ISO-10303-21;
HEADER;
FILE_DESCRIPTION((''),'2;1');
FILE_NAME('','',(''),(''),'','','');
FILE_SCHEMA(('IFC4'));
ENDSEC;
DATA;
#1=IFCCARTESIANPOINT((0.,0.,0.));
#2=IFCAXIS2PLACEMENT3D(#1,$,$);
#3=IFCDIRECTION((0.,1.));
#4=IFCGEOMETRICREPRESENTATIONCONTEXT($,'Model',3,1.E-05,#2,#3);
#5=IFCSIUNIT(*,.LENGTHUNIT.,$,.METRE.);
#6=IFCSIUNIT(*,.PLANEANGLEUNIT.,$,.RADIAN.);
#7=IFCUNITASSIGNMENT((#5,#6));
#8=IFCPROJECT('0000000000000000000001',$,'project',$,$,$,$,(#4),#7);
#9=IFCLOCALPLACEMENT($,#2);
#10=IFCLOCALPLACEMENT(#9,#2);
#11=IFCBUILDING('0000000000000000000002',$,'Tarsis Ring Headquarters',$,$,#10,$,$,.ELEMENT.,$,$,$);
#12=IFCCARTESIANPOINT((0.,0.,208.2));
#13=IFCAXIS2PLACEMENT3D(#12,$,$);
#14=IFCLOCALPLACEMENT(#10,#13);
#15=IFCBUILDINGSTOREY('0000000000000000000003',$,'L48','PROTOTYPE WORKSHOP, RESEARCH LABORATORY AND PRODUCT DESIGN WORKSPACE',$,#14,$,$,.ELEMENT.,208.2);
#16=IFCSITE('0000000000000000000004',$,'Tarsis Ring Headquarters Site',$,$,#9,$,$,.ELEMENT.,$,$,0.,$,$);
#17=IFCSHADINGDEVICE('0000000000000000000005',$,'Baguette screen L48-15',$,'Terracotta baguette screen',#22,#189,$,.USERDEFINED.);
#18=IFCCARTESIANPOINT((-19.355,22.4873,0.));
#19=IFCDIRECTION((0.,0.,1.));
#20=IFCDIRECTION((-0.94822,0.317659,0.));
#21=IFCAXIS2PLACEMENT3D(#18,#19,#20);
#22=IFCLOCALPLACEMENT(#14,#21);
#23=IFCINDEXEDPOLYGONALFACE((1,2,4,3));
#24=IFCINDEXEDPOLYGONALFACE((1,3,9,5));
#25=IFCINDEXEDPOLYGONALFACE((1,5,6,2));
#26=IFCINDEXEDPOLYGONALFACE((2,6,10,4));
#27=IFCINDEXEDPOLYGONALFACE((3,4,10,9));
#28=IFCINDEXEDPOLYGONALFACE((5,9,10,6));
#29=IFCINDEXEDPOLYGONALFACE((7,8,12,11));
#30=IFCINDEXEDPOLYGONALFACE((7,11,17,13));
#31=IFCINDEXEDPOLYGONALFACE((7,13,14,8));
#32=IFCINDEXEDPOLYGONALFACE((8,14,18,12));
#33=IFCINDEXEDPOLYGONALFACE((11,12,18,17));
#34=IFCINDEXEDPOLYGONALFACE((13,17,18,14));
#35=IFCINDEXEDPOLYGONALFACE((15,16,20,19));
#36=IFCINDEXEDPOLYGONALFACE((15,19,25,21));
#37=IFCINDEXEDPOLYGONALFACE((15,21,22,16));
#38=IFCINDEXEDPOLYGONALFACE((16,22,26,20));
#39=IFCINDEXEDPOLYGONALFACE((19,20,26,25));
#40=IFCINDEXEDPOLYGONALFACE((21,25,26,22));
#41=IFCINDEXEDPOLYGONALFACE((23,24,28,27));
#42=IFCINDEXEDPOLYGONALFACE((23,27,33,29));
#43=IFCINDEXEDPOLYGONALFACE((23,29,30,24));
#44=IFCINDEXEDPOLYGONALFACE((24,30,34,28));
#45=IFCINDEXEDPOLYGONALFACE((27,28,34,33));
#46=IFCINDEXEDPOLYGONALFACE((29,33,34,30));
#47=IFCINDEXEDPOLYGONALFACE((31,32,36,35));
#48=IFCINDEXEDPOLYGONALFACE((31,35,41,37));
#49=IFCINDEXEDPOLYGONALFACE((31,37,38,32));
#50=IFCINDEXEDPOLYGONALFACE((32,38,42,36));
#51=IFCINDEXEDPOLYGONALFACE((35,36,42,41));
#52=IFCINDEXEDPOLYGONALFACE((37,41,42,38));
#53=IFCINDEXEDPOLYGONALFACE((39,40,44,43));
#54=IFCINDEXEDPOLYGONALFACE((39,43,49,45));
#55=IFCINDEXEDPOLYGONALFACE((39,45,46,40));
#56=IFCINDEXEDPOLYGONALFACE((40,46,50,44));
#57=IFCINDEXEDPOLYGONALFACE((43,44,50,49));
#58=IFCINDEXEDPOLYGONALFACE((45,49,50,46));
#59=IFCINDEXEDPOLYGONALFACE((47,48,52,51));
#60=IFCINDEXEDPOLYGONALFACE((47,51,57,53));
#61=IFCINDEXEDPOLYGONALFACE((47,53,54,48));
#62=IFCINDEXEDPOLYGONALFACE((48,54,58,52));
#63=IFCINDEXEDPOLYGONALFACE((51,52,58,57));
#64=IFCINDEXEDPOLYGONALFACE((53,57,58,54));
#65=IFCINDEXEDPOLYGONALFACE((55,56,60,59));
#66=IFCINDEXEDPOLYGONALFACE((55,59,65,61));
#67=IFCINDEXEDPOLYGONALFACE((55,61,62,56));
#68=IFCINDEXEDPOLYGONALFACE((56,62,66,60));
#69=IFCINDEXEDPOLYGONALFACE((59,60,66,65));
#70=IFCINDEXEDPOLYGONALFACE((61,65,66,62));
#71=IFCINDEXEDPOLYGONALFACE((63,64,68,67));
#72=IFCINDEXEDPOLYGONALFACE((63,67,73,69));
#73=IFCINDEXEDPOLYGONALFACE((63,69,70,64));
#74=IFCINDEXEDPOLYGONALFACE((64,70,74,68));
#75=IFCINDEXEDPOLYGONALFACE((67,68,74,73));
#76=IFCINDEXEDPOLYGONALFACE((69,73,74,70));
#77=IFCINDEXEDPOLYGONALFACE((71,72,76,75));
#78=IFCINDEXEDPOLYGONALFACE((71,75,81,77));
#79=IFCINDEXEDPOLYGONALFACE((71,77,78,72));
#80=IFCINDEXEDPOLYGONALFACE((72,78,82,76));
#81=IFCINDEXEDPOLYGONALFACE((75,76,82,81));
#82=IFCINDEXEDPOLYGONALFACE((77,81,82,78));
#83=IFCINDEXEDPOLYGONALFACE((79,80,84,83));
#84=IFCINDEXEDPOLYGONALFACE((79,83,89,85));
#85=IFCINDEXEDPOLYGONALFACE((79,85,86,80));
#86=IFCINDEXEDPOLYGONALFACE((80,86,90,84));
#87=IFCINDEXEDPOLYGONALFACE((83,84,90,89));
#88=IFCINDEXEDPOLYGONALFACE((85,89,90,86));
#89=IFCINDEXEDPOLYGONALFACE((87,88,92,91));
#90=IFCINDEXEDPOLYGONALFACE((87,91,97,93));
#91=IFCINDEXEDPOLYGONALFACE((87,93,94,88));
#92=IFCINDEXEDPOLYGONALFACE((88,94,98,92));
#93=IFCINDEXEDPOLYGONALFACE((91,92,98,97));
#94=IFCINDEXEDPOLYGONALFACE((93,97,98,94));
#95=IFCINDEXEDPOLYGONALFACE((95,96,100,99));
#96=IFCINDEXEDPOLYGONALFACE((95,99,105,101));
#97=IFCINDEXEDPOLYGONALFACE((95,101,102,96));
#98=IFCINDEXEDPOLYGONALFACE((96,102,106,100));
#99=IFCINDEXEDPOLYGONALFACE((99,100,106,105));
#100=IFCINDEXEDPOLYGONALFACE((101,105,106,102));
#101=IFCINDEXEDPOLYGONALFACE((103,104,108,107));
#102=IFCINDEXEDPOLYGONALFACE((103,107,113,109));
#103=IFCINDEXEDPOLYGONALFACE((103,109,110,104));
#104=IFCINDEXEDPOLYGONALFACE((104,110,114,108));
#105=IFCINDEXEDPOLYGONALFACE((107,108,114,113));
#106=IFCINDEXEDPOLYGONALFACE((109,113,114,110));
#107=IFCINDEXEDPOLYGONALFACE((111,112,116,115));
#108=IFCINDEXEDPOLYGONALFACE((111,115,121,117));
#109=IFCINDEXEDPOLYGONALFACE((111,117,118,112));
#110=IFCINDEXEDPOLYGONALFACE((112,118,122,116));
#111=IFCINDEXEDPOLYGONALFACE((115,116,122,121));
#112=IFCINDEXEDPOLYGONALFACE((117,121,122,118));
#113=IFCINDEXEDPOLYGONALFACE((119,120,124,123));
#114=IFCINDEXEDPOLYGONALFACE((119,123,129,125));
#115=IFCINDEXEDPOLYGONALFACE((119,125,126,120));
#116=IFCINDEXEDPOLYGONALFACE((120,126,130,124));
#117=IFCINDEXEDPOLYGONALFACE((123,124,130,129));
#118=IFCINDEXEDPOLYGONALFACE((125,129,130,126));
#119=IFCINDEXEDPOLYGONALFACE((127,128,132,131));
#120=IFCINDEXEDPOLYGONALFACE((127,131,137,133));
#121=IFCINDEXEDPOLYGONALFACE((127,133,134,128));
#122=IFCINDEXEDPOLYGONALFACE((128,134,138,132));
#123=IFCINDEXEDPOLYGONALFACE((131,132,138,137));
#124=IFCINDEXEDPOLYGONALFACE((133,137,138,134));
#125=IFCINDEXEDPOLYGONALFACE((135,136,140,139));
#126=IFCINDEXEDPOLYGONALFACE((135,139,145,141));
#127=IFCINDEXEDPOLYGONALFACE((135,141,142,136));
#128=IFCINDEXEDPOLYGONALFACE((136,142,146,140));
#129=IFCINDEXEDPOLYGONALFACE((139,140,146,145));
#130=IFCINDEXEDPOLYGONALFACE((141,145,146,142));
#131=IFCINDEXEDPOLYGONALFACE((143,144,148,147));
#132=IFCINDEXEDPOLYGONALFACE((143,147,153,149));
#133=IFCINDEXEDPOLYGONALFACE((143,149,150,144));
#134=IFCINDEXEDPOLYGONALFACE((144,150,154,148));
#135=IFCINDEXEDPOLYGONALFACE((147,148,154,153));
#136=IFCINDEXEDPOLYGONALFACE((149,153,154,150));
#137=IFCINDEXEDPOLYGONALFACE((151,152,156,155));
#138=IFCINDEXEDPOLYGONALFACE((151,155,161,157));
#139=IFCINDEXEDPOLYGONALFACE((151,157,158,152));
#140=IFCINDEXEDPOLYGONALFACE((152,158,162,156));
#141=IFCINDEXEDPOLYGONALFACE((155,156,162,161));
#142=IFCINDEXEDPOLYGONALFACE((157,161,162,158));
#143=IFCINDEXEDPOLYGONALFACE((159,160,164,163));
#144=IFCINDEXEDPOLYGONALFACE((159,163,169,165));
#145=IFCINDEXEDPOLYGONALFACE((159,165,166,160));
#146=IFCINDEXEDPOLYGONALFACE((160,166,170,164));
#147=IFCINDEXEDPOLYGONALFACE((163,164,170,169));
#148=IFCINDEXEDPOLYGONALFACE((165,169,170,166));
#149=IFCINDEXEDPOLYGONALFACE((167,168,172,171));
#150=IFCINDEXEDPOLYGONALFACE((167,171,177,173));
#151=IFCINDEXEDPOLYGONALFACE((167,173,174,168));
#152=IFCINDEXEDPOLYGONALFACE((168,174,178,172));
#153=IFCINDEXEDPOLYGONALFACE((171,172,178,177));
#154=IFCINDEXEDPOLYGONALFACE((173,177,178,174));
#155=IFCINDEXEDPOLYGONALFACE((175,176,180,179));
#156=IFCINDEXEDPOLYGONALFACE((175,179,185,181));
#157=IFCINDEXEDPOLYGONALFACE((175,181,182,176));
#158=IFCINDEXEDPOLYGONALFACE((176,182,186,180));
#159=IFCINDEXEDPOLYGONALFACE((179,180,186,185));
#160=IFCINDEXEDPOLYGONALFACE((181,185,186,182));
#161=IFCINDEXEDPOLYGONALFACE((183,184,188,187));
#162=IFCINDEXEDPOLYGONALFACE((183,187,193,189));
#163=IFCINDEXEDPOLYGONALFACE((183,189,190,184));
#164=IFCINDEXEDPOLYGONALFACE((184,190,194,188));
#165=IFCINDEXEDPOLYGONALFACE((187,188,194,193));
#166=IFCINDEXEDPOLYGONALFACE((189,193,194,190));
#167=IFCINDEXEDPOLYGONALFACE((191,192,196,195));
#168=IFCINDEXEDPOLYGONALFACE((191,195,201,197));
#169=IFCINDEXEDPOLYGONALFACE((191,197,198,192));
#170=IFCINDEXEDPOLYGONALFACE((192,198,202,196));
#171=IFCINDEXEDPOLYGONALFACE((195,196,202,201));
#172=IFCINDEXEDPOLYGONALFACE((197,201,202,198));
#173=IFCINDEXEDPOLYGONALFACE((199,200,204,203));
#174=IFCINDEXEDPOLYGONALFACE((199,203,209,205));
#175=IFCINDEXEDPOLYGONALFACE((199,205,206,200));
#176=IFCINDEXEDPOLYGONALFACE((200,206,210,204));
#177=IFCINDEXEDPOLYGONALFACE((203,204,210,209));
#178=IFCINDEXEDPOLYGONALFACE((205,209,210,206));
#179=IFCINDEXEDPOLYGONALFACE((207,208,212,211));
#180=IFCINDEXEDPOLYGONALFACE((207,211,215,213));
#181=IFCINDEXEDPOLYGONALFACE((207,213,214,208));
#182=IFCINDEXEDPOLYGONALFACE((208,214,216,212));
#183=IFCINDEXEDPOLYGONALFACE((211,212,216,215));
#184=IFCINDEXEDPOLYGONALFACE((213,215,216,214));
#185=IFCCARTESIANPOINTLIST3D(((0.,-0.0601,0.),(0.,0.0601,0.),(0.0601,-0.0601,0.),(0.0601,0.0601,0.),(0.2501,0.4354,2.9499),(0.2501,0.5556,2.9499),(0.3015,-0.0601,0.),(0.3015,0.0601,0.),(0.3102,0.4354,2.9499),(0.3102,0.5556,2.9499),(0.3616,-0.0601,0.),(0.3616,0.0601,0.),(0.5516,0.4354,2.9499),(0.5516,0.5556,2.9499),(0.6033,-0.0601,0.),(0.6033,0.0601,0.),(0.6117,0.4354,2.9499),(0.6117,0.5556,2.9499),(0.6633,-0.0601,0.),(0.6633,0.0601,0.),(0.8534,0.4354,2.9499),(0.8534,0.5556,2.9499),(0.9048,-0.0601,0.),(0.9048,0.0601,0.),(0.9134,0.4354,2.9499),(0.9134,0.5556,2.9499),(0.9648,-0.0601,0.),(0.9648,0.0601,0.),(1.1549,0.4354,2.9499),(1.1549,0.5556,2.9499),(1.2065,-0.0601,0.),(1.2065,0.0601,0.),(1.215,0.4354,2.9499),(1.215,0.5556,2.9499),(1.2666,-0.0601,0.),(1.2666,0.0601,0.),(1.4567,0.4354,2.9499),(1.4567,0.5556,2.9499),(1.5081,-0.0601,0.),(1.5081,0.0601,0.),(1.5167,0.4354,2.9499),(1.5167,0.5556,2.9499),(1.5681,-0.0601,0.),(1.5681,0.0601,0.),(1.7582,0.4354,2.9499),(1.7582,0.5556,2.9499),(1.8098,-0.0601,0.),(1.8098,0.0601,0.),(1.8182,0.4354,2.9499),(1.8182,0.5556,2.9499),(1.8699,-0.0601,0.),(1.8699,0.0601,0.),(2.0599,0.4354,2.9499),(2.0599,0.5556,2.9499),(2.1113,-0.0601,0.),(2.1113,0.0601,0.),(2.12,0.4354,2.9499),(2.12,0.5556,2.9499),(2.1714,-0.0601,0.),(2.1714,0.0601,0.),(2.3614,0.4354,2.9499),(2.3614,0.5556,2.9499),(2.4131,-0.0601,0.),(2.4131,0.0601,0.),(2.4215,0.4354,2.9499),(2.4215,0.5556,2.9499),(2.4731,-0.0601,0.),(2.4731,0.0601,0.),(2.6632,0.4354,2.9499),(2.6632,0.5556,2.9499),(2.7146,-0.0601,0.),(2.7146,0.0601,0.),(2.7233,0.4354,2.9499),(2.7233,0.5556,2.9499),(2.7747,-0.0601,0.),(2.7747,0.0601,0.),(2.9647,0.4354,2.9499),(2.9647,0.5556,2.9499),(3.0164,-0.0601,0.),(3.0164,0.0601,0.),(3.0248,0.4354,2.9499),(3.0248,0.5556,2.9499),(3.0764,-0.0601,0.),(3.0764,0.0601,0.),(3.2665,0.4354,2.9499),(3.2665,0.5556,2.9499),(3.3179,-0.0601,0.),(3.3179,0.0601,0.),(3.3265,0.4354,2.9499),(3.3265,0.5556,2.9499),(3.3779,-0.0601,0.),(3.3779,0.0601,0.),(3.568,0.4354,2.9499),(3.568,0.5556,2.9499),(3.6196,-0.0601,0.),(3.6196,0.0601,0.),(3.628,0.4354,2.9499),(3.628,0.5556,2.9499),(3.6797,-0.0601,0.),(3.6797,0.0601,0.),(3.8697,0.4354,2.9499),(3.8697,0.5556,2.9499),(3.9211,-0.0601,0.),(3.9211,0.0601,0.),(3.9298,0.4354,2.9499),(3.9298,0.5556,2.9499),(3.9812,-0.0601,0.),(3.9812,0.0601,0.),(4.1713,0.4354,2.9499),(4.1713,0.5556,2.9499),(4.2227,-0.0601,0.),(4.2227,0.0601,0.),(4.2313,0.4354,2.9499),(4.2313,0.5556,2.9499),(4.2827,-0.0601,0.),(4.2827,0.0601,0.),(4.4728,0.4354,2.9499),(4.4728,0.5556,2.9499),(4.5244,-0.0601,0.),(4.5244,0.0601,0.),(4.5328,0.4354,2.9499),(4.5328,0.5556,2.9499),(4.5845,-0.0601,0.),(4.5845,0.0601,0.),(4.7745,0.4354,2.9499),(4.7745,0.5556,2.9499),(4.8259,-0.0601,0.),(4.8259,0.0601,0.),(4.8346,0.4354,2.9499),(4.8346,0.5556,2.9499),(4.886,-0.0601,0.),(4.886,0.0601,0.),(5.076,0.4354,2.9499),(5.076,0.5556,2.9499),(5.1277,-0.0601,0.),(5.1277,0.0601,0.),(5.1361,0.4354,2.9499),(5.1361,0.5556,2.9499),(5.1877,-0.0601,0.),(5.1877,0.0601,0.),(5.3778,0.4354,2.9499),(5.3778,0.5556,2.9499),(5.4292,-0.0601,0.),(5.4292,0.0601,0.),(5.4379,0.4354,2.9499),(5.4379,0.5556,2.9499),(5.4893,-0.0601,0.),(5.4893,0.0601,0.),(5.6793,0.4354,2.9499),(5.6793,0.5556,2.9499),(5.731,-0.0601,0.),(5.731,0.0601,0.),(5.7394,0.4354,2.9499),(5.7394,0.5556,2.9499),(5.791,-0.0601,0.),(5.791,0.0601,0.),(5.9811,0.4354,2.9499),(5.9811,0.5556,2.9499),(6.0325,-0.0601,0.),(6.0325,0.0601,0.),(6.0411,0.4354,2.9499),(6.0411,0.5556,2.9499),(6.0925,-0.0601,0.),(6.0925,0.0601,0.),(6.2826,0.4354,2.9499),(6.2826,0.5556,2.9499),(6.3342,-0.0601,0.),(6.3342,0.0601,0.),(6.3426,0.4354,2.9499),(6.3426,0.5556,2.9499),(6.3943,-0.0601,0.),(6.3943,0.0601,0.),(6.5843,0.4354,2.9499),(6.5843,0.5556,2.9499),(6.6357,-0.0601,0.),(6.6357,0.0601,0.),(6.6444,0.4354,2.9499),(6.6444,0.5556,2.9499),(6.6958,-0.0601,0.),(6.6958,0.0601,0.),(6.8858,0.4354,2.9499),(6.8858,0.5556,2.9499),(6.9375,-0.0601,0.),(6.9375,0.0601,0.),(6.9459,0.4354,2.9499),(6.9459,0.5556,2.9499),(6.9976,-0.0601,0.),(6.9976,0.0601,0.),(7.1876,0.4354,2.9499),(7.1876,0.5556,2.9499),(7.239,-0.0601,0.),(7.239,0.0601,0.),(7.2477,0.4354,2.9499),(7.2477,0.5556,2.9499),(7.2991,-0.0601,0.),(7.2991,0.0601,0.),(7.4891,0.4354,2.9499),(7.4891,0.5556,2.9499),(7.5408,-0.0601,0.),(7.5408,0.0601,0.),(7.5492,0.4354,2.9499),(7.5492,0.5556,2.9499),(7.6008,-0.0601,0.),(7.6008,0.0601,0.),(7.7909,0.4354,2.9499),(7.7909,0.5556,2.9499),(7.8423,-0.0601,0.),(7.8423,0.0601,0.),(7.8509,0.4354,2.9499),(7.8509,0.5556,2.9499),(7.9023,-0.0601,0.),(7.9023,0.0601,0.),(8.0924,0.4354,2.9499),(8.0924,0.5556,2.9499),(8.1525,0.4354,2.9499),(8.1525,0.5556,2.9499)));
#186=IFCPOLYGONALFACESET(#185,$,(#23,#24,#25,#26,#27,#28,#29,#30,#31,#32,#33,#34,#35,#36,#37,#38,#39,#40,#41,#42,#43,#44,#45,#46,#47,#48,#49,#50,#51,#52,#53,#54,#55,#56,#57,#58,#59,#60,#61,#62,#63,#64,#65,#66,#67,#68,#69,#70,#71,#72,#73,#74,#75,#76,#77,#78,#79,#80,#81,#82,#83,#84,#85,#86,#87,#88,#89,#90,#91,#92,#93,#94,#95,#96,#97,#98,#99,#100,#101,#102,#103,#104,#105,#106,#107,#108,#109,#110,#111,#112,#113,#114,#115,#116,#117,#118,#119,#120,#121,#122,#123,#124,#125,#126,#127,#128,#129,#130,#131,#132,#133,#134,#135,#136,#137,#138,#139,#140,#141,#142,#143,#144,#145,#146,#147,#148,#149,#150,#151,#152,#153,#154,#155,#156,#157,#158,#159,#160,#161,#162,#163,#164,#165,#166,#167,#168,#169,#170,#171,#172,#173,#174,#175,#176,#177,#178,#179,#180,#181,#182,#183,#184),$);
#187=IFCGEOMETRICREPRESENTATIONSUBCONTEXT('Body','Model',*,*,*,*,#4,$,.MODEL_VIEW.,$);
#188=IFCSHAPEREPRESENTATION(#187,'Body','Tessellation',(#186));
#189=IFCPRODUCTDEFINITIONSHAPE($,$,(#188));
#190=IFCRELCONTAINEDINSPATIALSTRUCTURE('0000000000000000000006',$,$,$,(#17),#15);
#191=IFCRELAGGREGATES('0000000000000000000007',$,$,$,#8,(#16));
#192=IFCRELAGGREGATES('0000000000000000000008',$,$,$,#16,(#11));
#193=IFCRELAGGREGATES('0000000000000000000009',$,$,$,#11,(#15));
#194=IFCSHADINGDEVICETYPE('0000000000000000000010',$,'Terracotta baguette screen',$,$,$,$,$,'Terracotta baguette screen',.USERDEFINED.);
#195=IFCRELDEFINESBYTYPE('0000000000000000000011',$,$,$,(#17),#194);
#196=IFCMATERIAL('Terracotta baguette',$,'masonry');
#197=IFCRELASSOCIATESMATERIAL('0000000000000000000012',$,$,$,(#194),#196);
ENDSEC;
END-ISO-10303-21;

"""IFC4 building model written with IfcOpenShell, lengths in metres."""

from ifc_helpers import new_model, si_unit, direction, frame, frame_2d, origin, place, context, subcontext, project, spatial, rectangle, composite_profile, extrude, material, type_object, element, save


model = new_model("IFC4")

# Units and contexts
model_context = context("Model", 3, precision=1e-05, world=origin(), true_north=direction((0.0, 1.0)))
body_context = subcontext(model_context, "Body", "Model", "MODEL_VIEW")
ifc_project = project(units=[si_unit("LENGTHUNIT", "METRE"), si_unit("PLANEANGLEUNIT", "RADIAN")], contexts=[model_context])

# Site, building, storey
site_placement = place(None, origin())
site = spatial("IfcSite", under=ifc_project, at=site_placement, Name="Tarsis Ring Headquarters Site", CompositionType="ELEMENT", RefElevation=0.0)
building_placement = place(site_placement, origin())
building = spatial("IfcBuilding", under=site, at=building_placement, Name="Tarsis Ring Headquarters", CompositionType="ELEMENT")
storey_placement = place(building_placement, frame((0.0, 0.0, 208.2)))
storey = spatial("IfcBuildingStorey", under=building, at=storey_placement, Name="L48", Description="PROTOTYPE WORKSHOP, RESEARCH LABORATORY AND PRODUCT DESIGN WORKSPACE", CompositionType="ELEMENT", Elevation=208.2)

# Shading device
ifc_material_1 = material(Name="Terracotta baguette", Category="masonry")
shading_device_type_1 = type_object("IfcShadingDeviceType", Name="Terracotta baguette screen", ElementType="Terracotta baguette screen", PredefinedType="USERDEFINED", material=ifc_material_1)
shading_device_1_placement = place(storey_placement, frame((-19.355, 22.4873, 0.0), z_axis=(0.0, 0.0, 1.0), x_axis=(-0.94822, 0.317659, 0.0)))
element("IfcShadingDevice", 1, at=shading_device_1_placement, inside=storey, type_object=shading_device_type_1, Name="Baguette screen L48-15", ObjectType="Terracotta baguette screen", PredefinedType="USERDEFINED", context=body_context, shape_type="SweptSolid", body=[
    extrude(composite_profile([rectangle(XDim=0.0601, YDim=0.1201, at=frame_2d((0.03, 0.0))), rectangle(XDim=0.0601, YDim=0.1201, at=frame_2d((0.3315, 0.0))), rectangle(XDim=0.0601, YDim=0.1201, at=frame_2d((0.6333, 0.0))), rectangle(XDim=0.0601, YDim=0.1201, at=frame_2d((0.9348, 0.0))), rectangle(XDim=0.0601, YDim=0.1201, at=frame_2d((1.2366, 0.0))), rectangle(XDim=0.0601, YDim=0.1201, at=frame_2d((1.5381, 0.0))), rectangle(XDim=0.0601, YDim=0.1201, at=frame_2d((1.8398, 0.0))), rectangle(XDim=0.0601, YDim=0.1201, at=frame_2d((2.1414, 0.0))), rectangle(XDim=0.0601, YDim=0.1201, at=frame_2d((2.4431, 0.0))), rectangle(XDim=0.0601, YDim=0.1201, at=frame_2d((2.7446, 0.0))), rectangle(XDim=0.0601, YDim=0.1201, at=frame_2d((3.0464, 0.0))), rectangle(XDim=0.0601, YDim=0.1201, at=frame_2d((3.3479, 0.0))), rectangle(XDim=0.0601, YDim=0.1201, at=frame_2d((3.6497, 0.0))), rectangle(XDim=0.0601, YDim=0.1201, at=frame_2d((3.9512, 0.0))), rectangle(XDim=0.0601, YDim=0.1201, at=frame_2d((4.2527, 0.0))), rectangle(XDim=0.0601, YDim=0.1201, at=frame_2d((4.5544, 0.0))), rectangle(XDim=0.0601, YDim=0.1201, at=frame_2d((4.856, 0.0))), rectangle(XDim=0.0601, YDim=0.1201, at=frame_2d((5.1577, 0.0))), rectangle(XDim=0.0601, YDim=0.1201, at=frame_2d((5.4592, 0.0))), rectangle(XDim=0.0601, YDim=0.1201, at=frame_2d((5.761, 0.0))), rectangle(XDim=0.0601, YDim=0.1201, at=frame_2d((6.0625, 0.0))), rectangle(XDim=0.0601, YDim=0.1201, at=frame_2d((6.3643, 0.0))), rectangle(XDim=0.0601, YDim=0.1201, at=frame_2d((6.6658, 0.0))), rectangle(XDim=0.0601, YDim=0.1201, at=frame_2d((6.9675, 0.0))), rectangle(XDim=0.0601, YDim=0.1201, at=frame_2d((7.269, 0.0))), rectangle(XDim=0.0601, YDim=0.1201, at=frame_2d((7.5708, 0.0))), rectangle(XDim=0.0601, YDim=0.1201, at=frame_2d((7.8723, 0.0)))]), origin(), (0.083322, 0.165073, 0.982755), 3.0017),
])

save(model, "model.ifc")
